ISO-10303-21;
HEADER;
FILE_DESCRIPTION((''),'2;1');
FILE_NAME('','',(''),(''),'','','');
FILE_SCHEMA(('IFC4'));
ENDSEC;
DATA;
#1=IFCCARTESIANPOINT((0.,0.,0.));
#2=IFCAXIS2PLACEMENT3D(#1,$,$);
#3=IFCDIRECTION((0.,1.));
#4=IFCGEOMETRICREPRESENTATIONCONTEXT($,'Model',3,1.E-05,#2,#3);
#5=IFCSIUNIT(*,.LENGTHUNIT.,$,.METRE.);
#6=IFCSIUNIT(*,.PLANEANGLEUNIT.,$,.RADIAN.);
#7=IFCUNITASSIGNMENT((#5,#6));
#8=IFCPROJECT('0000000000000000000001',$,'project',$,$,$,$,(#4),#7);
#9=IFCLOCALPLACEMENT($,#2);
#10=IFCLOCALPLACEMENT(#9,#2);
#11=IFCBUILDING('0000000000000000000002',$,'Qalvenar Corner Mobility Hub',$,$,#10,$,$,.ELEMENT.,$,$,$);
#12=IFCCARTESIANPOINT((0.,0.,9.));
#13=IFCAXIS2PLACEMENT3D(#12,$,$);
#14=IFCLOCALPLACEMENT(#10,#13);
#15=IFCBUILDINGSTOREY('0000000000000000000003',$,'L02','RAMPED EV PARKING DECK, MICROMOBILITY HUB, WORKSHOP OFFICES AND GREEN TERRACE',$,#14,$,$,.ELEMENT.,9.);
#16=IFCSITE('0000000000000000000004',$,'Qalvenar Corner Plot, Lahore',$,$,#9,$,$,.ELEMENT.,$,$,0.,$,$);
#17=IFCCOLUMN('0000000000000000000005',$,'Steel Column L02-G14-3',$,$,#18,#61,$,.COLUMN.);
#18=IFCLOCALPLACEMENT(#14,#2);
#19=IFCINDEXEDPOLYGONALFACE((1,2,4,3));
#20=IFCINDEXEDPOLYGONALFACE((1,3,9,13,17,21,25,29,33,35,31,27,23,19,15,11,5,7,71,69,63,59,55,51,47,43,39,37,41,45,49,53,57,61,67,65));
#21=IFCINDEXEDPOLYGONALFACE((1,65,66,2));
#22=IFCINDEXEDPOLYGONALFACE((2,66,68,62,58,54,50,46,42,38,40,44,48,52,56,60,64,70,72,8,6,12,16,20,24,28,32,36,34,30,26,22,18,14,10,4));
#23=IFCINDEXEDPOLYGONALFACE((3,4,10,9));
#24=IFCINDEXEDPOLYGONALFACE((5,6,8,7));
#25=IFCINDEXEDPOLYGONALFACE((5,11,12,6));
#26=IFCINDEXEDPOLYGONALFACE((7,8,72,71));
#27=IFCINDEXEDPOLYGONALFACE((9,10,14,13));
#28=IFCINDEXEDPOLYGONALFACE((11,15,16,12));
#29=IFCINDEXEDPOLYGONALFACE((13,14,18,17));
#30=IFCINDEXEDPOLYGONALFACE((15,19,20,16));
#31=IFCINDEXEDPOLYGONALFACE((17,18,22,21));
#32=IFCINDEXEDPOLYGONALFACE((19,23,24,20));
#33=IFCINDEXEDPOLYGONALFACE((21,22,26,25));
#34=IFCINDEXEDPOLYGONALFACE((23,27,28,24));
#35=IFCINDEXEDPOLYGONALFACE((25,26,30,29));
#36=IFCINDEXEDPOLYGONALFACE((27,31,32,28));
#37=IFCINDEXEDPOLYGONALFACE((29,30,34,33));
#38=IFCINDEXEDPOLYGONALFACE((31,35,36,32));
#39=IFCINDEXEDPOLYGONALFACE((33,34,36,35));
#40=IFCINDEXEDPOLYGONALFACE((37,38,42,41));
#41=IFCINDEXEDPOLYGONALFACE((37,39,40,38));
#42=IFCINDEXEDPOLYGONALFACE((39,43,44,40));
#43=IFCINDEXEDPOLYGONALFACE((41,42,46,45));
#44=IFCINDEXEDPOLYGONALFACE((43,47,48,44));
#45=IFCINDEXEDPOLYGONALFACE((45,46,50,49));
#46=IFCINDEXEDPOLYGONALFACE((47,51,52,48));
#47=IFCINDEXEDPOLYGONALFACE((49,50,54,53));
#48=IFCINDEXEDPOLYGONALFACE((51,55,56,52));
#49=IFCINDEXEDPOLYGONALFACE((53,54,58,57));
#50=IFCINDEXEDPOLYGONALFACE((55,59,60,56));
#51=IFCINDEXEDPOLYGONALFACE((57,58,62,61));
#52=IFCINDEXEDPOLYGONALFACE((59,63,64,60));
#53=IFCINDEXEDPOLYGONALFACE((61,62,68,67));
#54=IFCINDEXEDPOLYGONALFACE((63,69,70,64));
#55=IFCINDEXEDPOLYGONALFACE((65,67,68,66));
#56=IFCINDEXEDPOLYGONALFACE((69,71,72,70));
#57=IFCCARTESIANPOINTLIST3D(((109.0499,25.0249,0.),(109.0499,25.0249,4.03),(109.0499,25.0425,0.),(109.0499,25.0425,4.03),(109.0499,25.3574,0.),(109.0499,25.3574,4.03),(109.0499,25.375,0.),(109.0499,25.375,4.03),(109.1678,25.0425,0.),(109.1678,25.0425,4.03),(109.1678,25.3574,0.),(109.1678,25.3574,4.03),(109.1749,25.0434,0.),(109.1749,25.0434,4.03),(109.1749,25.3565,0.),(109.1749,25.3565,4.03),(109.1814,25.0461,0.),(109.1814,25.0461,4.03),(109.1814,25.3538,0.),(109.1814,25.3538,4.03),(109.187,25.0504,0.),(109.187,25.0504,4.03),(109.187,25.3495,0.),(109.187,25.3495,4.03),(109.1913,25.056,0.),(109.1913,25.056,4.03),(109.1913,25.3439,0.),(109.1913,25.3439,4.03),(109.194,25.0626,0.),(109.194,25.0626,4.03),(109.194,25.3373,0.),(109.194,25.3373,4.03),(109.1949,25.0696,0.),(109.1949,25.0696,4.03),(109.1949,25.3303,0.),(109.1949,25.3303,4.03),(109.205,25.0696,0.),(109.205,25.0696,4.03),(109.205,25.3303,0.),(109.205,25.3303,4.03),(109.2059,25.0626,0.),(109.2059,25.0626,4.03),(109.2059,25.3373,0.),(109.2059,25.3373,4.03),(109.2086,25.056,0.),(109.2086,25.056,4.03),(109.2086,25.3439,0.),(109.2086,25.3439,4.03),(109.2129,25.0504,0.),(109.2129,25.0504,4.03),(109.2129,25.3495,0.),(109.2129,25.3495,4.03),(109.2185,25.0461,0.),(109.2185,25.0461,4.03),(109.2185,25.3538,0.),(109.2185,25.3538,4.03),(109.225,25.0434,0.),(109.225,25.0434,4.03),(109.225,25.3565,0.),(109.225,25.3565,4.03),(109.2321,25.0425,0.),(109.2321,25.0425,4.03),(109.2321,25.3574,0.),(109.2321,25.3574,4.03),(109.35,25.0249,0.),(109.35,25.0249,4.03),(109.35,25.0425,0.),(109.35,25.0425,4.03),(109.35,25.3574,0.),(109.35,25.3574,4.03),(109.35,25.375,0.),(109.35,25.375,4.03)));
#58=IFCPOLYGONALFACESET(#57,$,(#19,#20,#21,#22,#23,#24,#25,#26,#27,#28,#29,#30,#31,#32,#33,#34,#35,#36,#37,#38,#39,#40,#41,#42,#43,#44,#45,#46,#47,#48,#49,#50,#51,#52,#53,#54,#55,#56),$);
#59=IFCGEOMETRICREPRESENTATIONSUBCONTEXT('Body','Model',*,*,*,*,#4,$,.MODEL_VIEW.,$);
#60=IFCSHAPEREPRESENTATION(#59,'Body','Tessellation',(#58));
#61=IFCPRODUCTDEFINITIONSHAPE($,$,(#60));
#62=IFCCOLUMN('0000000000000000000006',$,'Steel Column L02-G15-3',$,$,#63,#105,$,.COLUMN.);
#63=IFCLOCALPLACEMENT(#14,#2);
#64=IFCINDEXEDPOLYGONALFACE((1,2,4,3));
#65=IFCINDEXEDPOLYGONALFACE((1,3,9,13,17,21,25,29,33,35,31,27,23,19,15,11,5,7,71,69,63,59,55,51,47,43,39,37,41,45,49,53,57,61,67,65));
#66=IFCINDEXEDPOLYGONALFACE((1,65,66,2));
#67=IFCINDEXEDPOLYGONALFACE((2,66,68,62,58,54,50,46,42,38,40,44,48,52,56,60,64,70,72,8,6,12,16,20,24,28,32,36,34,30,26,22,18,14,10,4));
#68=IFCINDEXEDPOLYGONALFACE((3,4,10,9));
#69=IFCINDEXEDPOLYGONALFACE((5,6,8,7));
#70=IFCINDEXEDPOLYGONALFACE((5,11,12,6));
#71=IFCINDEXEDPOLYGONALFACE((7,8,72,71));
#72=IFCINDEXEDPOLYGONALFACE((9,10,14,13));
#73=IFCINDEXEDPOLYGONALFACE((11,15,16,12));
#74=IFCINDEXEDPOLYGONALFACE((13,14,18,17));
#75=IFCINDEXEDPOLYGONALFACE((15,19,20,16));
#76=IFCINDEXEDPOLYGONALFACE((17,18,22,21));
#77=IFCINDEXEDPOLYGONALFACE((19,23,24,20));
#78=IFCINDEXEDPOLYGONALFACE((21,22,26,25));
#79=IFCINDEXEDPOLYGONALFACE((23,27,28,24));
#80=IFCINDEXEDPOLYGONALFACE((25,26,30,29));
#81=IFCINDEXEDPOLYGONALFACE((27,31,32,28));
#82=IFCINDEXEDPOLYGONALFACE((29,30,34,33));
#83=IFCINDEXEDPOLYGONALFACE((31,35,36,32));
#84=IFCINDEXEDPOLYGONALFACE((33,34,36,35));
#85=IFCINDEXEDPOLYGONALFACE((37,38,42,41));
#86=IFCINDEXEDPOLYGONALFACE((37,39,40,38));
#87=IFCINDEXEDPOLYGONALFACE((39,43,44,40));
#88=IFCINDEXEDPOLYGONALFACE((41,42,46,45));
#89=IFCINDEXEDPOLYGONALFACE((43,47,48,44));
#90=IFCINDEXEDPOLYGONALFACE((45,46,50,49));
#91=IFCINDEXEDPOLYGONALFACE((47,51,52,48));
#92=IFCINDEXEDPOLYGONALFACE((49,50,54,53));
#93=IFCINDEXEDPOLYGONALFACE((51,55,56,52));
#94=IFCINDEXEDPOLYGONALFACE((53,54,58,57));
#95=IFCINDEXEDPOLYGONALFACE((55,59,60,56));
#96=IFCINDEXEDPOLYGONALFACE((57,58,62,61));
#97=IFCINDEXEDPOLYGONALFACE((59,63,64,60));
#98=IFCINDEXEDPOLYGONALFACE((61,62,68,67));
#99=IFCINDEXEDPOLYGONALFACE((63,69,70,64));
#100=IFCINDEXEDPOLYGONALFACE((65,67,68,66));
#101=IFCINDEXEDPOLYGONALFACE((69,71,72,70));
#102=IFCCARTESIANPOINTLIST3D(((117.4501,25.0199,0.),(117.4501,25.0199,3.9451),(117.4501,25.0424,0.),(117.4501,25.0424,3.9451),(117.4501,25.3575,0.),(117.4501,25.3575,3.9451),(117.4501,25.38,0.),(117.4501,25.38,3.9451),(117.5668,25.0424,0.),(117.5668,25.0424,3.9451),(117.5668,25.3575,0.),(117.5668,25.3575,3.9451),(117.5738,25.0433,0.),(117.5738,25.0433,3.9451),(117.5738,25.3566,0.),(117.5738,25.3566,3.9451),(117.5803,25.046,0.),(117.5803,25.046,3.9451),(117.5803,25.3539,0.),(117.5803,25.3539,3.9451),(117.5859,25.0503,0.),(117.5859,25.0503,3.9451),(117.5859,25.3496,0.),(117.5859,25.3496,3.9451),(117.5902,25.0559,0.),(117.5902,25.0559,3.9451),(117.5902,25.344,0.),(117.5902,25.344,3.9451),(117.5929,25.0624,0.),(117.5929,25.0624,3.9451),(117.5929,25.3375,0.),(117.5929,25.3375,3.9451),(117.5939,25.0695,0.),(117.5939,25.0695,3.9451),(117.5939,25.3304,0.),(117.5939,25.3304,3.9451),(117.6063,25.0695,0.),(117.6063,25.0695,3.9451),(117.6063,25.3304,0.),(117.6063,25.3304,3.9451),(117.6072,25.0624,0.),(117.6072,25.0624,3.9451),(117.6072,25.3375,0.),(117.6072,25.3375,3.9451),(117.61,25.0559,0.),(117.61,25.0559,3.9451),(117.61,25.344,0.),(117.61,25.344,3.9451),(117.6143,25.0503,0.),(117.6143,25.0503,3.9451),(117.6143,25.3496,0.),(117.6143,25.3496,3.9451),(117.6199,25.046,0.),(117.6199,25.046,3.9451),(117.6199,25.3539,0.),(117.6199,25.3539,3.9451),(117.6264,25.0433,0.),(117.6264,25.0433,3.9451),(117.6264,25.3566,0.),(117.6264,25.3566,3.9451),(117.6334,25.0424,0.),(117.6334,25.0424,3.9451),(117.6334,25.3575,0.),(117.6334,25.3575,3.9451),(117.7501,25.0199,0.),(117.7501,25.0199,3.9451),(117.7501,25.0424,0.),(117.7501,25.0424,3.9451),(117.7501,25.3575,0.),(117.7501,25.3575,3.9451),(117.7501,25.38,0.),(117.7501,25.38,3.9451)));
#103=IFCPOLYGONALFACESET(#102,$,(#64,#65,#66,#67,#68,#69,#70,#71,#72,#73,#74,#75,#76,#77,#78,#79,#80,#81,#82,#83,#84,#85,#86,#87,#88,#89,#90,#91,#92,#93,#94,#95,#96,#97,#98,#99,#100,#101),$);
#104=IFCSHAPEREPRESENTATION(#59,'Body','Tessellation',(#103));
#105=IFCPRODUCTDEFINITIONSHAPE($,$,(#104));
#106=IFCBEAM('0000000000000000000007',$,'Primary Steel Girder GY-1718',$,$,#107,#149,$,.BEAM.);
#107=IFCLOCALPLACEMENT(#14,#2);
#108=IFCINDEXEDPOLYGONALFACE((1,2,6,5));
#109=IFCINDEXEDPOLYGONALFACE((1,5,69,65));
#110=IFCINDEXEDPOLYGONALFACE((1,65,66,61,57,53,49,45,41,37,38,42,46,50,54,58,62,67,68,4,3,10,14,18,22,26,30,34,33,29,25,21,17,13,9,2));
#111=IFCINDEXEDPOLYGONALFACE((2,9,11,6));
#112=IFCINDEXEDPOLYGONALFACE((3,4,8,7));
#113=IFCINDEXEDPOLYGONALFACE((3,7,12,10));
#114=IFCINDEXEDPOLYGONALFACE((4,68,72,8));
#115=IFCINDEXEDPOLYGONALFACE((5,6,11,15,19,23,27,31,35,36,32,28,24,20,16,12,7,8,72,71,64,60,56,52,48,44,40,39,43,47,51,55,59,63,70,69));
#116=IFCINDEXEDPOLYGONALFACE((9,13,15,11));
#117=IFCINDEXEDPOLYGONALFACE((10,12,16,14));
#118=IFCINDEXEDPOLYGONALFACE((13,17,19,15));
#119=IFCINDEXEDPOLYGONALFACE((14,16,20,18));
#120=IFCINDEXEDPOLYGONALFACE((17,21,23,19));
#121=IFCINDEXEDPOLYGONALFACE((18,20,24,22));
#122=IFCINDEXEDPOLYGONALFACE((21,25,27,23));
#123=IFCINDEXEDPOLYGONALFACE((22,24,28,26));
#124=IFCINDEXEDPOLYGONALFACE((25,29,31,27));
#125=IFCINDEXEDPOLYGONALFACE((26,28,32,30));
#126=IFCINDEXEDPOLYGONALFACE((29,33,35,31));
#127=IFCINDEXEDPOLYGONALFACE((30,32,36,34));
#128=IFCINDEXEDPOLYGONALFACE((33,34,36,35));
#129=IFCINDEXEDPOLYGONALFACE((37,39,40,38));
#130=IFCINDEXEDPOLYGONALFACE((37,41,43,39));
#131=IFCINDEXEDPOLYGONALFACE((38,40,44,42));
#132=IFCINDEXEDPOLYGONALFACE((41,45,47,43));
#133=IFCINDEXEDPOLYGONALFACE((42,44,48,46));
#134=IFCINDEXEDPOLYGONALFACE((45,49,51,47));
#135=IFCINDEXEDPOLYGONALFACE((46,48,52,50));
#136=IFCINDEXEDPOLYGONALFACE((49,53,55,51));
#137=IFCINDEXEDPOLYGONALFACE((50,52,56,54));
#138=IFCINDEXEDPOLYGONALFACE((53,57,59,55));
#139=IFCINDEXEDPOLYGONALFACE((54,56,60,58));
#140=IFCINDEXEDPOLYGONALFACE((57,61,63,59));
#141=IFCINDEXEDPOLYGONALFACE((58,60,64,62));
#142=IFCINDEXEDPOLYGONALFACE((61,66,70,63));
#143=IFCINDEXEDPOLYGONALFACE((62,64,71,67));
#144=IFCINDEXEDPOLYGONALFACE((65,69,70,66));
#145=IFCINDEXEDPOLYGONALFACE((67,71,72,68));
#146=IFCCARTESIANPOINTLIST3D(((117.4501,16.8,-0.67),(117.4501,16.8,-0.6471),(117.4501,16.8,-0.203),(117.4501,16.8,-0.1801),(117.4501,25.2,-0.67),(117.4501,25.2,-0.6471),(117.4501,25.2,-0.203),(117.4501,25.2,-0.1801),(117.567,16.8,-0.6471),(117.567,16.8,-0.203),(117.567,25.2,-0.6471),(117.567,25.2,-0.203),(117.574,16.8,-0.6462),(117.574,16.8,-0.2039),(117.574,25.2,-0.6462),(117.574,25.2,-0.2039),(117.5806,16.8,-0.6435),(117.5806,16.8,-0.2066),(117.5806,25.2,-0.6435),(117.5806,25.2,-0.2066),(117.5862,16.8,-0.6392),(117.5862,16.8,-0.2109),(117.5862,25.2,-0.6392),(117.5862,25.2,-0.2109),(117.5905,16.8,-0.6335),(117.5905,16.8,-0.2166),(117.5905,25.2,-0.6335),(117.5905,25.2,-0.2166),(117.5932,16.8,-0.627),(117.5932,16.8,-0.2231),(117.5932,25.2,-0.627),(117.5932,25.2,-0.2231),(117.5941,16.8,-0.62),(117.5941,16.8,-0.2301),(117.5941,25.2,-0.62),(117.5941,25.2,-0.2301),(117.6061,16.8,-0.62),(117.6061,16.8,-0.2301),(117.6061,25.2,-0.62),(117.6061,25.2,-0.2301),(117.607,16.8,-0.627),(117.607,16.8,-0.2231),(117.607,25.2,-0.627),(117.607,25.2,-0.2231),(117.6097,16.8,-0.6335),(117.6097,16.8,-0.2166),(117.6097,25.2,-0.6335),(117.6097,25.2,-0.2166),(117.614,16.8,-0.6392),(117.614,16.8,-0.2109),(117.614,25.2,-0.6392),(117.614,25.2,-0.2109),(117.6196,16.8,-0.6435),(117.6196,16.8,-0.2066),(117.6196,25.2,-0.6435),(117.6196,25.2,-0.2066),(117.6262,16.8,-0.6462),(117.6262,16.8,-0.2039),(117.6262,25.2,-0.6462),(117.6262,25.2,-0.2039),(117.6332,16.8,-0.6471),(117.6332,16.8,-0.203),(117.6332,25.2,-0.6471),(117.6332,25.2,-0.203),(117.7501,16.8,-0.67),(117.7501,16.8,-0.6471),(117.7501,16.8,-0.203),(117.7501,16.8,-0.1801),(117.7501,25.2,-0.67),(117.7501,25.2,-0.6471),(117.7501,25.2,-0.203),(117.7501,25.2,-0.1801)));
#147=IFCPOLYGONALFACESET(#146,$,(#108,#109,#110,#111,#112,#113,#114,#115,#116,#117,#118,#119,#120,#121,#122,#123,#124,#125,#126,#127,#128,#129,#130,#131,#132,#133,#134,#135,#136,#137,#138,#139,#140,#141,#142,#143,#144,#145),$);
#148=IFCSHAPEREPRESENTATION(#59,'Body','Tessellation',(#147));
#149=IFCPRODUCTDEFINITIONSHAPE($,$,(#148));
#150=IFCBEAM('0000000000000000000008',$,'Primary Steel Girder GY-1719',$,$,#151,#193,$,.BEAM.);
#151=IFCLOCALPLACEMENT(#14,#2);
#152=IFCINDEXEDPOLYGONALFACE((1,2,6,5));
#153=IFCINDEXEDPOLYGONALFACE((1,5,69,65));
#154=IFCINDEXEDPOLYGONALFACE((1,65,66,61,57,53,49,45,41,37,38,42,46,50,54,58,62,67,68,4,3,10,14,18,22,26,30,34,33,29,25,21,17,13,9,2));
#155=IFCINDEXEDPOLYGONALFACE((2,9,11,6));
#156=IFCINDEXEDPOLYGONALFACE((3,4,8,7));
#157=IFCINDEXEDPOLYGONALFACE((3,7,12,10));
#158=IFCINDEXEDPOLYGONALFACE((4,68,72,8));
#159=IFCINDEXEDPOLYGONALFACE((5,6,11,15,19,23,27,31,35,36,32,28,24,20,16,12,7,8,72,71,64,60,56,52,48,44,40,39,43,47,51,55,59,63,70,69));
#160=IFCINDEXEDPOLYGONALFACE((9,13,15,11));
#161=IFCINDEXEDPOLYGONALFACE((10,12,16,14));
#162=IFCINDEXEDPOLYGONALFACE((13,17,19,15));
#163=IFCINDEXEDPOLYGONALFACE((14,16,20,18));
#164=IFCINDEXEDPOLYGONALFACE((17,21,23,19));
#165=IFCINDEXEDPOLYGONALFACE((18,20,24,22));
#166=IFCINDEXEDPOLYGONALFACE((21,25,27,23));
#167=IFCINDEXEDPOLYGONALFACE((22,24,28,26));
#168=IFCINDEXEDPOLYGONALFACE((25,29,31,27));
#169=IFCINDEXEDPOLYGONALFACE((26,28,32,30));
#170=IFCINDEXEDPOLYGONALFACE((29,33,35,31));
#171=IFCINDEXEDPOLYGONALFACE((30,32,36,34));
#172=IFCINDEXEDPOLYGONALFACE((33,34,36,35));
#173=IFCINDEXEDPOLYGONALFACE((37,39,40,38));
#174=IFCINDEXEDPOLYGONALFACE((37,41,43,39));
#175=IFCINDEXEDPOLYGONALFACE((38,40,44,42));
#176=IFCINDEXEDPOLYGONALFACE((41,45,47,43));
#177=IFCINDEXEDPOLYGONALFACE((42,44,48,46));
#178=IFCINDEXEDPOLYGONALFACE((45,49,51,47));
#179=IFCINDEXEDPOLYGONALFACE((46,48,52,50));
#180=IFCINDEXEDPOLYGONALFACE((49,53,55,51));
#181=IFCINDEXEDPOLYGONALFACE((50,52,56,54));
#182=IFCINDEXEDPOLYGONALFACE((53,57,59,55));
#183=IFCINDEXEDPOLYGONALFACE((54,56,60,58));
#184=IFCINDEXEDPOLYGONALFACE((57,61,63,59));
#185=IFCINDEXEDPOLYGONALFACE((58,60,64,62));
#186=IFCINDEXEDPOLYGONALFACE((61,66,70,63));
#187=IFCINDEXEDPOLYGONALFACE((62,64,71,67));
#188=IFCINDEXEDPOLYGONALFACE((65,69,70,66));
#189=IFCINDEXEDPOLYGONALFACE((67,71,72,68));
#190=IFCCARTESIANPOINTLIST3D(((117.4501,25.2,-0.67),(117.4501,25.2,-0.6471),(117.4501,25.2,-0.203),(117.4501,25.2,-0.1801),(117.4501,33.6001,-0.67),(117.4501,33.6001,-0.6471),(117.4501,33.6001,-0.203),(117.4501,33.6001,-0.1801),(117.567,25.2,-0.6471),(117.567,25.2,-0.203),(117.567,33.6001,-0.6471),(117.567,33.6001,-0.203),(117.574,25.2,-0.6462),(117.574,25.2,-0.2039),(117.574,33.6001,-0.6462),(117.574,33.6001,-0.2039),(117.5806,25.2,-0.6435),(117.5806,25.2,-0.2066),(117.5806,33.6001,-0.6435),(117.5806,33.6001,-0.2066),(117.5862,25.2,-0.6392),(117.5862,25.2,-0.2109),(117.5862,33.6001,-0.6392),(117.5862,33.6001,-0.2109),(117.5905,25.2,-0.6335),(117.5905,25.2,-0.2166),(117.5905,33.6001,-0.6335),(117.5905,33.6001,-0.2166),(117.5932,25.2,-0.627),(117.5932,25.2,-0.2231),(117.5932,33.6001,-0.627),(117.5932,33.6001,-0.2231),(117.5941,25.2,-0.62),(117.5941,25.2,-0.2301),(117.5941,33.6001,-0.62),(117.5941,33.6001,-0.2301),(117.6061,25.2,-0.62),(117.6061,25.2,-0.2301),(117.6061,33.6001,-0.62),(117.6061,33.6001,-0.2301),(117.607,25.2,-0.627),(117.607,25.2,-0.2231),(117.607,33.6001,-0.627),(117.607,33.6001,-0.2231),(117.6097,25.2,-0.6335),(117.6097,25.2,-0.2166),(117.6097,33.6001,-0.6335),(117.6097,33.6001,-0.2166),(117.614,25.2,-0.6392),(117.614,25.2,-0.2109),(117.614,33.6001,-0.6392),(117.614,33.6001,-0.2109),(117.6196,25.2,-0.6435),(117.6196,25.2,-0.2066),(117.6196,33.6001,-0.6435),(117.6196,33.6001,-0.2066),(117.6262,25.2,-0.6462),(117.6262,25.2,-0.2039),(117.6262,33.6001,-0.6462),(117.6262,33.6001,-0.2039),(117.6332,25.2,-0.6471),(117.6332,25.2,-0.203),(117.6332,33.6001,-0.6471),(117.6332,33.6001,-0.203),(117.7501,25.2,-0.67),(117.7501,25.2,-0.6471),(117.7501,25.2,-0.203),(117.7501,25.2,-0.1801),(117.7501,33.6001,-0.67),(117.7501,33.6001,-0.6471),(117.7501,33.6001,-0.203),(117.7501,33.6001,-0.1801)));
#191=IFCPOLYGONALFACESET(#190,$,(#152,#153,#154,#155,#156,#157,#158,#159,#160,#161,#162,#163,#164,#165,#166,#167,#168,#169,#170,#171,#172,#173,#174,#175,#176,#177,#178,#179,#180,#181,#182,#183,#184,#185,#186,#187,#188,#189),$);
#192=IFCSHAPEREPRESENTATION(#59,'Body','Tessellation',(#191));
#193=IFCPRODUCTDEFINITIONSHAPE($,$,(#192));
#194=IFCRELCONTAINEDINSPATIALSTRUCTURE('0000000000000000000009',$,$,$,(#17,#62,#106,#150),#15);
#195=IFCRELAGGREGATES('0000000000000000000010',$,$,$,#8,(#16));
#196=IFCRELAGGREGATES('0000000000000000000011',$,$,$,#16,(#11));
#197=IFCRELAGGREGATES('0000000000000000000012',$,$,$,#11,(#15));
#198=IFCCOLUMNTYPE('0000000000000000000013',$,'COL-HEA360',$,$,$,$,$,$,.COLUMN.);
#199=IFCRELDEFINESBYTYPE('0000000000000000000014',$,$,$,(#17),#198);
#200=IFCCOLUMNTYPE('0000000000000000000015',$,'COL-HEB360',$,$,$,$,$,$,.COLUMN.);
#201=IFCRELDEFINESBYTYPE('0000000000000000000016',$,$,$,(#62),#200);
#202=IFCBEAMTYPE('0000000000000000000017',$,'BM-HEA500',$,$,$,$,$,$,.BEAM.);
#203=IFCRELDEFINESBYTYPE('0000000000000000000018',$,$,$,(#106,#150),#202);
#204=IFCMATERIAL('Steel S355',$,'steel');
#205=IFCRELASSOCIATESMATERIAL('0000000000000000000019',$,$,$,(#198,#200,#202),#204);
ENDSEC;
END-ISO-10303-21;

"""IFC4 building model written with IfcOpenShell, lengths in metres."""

from ifc_helpers import new_model, si_unit, direction, frame, origin, origin_2d, place, context, subcontext, project, spatial, i_section, extrude, material, material_profile, profile_set, type_object, element, save


model = new_model("IFC4")

# Units and contexts
model_context = context("Model", 3, precision=1e-05, world=origin(), true_north=direction((0.0, 1.0)))
body_context = subcontext(model_context, "Body", "Model", "MODEL_VIEW")
ifc_project = project(units=[si_unit("LENGTHUNIT", "METRE"), si_unit("PLANEANGLEUNIT", "RADIAN")], contexts=[model_context])

# Site, building, storey
site_placement = place(None, origin())
site = spatial("IfcSite", under=ifc_project, at=site_placement, Name="Qalvenar Corner Plot, Lahore", CompositionType="ELEMENT", RefElevation=0.0)
building_placement = place(site_placement, origin())
building = spatial("IfcBuilding", under=site, at=building_placement, Name="Qalvenar Corner Mobility Hub", CompositionType="ELEMENT")
storey_placement = place(building_placement, frame((0.0, 0.0, 9.0)))
storey = spatial("IfcBuildingStorey", under=building, at=storey_placement, Name="L02", Description="RAMPED EV PARKING DECK, MICROMOBILITY HUB, WORKSHOP OFFICES AND GREEN TERRACE", CompositionType="ELEMENT", Elevation=9.0)

# Columns
ifc_material_1 = material(Name="Steel S355", Category="steel")
ifc_material_profile_1 = material_profile(ifc_material_1, i_section(OverallWidth=0.3, OverallDepth=0.3501, WebThickness=0.01, FlangeThickness=0.0176, FilletRadius=0.0271, at=origin_2d()), Name="HEA360")
ifc_profile_set_1 = profile_set([ifc_material_profile_1], Name="Steel S355")
column_type_1 = type_object("IfcColumnType", Name="COL-HEA360", PredefinedType="COLUMN", material=ifc_profile_set_1)
column_1_placement = place(storey_placement, frame((109.2, 25.2, 0.0), z_axis=(0.0, 0.0, 1.0), x_axis=(1.0, 0.0, 0.0)))
element("IfcColumn", 1, at=column_1_placement, inside=storey, type_object=column_type_1, Name="Steel Column L02-G14-3", PredefinedType="COLUMN", context=body_context, shape_type="SweptSolid", body=[
    extrude(i_section(OverallWidth=0.3, OverallDepth=0.3501, WebThickness=0.01, FlangeThickness=0.0176, FilletRadius=0.0271, at=origin_2d()), origin(), (0.0, 0.0, 1.0), 4.03),
])
ifc_material_profile_2 = material_profile(ifc_material_1, i_section(OverallWidth=0.3, OverallDepth=0.3601, WebThickness=0.0125, FlangeThickness=0.0225, FilletRadius=0.0271, at=origin_2d()), Name="HEB360")
ifc_profile_set_2 = profile_set([ifc_material_profile_2], Name="Steel S355")
column_type_2 = type_object("IfcColumnType", Name="COL-HEB360", PredefinedType="COLUMN", material=ifc_profile_set_2)
column_2_placement = place(storey_placement, frame((117.6001, 25.2, 0.0), z_axis=(0.0, 0.0, 1.0), x_axis=(1.0, 0.0, 0.0)))
element("IfcColumn", 2, at=column_2_placement, inside=storey, type_object=column_type_2, Name="Steel Column L02-G15-3", PredefinedType="COLUMN", context=body_context, shape_type="SweptSolid", body=[
    extrude(i_section(OverallWidth=0.3, OverallDepth=0.3601, WebThickness=0.0125, FlangeThickness=0.0225, FilletRadius=0.0271, at=origin_2d()), origin(), (0.0, 0.0, 1.0), 3.9451),
])

# Beams
ifc_material_profile_3 = material_profile(ifc_material_1, i_section(OverallWidth=0.3, OverallDepth=0.49, WebThickness=0.012, FlangeThickness=0.0229, FilletRadius=0.0271, at=origin_2d()), Name="HEA500")
ifc_profile_set_3 = profile_set([ifc_material_profile_3], Name="Steel S355")
beam_type_1 = type_object("IfcBeamType", Name="BM-HEA500", PredefinedType="BEAM", material=ifc_profile_set_3)
beam_1_placement = place(storey_placement, frame((117.6001, 16.8, -0.425), z_axis=(0.0, 1.0, 0.0), x_axis=(-1.0, 0.0, 0.0)))
element("IfcBeam", 3, at=beam_1_placement, inside=storey, type_object=beam_type_1, Name="Primary Steel Girder GY-1718", PredefinedType="BEAM", context=body_context, shape_type="SweptSolid", body=[
    extrude(i_section(OverallWidth=0.3, OverallDepth=0.49, WebThickness=0.012, FlangeThickness=0.0229, FilletRadius=0.0271, at=origin_2d()), origin(), (0.0, 0.0, 1.0), 8.3999),
])
beam_2_placement = place(storey_placement, frame((117.6001, 25.2, -0.425), z_axis=(0.0, 1.0, 0.0), x_axis=(-1.0, 0.0, 0.0)))
element("IfcBeam", 4, at=beam_2_placement, inside=storey, type_object=beam_type_1, Name="Primary Steel Girder GY-1719", PredefinedType="BEAM", context=body_context, shape_type="SweptSolid", body=[
    extrude(i_section(OverallWidth=0.3, OverallDepth=0.49, WebThickness=0.012, FlangeThickness=0.0229, FilletRadius=0.0271, at=origin_2d()), origin(), (0.0, 0.0, 1.0), 8.4001),
])

save(model, "model.ifc")
